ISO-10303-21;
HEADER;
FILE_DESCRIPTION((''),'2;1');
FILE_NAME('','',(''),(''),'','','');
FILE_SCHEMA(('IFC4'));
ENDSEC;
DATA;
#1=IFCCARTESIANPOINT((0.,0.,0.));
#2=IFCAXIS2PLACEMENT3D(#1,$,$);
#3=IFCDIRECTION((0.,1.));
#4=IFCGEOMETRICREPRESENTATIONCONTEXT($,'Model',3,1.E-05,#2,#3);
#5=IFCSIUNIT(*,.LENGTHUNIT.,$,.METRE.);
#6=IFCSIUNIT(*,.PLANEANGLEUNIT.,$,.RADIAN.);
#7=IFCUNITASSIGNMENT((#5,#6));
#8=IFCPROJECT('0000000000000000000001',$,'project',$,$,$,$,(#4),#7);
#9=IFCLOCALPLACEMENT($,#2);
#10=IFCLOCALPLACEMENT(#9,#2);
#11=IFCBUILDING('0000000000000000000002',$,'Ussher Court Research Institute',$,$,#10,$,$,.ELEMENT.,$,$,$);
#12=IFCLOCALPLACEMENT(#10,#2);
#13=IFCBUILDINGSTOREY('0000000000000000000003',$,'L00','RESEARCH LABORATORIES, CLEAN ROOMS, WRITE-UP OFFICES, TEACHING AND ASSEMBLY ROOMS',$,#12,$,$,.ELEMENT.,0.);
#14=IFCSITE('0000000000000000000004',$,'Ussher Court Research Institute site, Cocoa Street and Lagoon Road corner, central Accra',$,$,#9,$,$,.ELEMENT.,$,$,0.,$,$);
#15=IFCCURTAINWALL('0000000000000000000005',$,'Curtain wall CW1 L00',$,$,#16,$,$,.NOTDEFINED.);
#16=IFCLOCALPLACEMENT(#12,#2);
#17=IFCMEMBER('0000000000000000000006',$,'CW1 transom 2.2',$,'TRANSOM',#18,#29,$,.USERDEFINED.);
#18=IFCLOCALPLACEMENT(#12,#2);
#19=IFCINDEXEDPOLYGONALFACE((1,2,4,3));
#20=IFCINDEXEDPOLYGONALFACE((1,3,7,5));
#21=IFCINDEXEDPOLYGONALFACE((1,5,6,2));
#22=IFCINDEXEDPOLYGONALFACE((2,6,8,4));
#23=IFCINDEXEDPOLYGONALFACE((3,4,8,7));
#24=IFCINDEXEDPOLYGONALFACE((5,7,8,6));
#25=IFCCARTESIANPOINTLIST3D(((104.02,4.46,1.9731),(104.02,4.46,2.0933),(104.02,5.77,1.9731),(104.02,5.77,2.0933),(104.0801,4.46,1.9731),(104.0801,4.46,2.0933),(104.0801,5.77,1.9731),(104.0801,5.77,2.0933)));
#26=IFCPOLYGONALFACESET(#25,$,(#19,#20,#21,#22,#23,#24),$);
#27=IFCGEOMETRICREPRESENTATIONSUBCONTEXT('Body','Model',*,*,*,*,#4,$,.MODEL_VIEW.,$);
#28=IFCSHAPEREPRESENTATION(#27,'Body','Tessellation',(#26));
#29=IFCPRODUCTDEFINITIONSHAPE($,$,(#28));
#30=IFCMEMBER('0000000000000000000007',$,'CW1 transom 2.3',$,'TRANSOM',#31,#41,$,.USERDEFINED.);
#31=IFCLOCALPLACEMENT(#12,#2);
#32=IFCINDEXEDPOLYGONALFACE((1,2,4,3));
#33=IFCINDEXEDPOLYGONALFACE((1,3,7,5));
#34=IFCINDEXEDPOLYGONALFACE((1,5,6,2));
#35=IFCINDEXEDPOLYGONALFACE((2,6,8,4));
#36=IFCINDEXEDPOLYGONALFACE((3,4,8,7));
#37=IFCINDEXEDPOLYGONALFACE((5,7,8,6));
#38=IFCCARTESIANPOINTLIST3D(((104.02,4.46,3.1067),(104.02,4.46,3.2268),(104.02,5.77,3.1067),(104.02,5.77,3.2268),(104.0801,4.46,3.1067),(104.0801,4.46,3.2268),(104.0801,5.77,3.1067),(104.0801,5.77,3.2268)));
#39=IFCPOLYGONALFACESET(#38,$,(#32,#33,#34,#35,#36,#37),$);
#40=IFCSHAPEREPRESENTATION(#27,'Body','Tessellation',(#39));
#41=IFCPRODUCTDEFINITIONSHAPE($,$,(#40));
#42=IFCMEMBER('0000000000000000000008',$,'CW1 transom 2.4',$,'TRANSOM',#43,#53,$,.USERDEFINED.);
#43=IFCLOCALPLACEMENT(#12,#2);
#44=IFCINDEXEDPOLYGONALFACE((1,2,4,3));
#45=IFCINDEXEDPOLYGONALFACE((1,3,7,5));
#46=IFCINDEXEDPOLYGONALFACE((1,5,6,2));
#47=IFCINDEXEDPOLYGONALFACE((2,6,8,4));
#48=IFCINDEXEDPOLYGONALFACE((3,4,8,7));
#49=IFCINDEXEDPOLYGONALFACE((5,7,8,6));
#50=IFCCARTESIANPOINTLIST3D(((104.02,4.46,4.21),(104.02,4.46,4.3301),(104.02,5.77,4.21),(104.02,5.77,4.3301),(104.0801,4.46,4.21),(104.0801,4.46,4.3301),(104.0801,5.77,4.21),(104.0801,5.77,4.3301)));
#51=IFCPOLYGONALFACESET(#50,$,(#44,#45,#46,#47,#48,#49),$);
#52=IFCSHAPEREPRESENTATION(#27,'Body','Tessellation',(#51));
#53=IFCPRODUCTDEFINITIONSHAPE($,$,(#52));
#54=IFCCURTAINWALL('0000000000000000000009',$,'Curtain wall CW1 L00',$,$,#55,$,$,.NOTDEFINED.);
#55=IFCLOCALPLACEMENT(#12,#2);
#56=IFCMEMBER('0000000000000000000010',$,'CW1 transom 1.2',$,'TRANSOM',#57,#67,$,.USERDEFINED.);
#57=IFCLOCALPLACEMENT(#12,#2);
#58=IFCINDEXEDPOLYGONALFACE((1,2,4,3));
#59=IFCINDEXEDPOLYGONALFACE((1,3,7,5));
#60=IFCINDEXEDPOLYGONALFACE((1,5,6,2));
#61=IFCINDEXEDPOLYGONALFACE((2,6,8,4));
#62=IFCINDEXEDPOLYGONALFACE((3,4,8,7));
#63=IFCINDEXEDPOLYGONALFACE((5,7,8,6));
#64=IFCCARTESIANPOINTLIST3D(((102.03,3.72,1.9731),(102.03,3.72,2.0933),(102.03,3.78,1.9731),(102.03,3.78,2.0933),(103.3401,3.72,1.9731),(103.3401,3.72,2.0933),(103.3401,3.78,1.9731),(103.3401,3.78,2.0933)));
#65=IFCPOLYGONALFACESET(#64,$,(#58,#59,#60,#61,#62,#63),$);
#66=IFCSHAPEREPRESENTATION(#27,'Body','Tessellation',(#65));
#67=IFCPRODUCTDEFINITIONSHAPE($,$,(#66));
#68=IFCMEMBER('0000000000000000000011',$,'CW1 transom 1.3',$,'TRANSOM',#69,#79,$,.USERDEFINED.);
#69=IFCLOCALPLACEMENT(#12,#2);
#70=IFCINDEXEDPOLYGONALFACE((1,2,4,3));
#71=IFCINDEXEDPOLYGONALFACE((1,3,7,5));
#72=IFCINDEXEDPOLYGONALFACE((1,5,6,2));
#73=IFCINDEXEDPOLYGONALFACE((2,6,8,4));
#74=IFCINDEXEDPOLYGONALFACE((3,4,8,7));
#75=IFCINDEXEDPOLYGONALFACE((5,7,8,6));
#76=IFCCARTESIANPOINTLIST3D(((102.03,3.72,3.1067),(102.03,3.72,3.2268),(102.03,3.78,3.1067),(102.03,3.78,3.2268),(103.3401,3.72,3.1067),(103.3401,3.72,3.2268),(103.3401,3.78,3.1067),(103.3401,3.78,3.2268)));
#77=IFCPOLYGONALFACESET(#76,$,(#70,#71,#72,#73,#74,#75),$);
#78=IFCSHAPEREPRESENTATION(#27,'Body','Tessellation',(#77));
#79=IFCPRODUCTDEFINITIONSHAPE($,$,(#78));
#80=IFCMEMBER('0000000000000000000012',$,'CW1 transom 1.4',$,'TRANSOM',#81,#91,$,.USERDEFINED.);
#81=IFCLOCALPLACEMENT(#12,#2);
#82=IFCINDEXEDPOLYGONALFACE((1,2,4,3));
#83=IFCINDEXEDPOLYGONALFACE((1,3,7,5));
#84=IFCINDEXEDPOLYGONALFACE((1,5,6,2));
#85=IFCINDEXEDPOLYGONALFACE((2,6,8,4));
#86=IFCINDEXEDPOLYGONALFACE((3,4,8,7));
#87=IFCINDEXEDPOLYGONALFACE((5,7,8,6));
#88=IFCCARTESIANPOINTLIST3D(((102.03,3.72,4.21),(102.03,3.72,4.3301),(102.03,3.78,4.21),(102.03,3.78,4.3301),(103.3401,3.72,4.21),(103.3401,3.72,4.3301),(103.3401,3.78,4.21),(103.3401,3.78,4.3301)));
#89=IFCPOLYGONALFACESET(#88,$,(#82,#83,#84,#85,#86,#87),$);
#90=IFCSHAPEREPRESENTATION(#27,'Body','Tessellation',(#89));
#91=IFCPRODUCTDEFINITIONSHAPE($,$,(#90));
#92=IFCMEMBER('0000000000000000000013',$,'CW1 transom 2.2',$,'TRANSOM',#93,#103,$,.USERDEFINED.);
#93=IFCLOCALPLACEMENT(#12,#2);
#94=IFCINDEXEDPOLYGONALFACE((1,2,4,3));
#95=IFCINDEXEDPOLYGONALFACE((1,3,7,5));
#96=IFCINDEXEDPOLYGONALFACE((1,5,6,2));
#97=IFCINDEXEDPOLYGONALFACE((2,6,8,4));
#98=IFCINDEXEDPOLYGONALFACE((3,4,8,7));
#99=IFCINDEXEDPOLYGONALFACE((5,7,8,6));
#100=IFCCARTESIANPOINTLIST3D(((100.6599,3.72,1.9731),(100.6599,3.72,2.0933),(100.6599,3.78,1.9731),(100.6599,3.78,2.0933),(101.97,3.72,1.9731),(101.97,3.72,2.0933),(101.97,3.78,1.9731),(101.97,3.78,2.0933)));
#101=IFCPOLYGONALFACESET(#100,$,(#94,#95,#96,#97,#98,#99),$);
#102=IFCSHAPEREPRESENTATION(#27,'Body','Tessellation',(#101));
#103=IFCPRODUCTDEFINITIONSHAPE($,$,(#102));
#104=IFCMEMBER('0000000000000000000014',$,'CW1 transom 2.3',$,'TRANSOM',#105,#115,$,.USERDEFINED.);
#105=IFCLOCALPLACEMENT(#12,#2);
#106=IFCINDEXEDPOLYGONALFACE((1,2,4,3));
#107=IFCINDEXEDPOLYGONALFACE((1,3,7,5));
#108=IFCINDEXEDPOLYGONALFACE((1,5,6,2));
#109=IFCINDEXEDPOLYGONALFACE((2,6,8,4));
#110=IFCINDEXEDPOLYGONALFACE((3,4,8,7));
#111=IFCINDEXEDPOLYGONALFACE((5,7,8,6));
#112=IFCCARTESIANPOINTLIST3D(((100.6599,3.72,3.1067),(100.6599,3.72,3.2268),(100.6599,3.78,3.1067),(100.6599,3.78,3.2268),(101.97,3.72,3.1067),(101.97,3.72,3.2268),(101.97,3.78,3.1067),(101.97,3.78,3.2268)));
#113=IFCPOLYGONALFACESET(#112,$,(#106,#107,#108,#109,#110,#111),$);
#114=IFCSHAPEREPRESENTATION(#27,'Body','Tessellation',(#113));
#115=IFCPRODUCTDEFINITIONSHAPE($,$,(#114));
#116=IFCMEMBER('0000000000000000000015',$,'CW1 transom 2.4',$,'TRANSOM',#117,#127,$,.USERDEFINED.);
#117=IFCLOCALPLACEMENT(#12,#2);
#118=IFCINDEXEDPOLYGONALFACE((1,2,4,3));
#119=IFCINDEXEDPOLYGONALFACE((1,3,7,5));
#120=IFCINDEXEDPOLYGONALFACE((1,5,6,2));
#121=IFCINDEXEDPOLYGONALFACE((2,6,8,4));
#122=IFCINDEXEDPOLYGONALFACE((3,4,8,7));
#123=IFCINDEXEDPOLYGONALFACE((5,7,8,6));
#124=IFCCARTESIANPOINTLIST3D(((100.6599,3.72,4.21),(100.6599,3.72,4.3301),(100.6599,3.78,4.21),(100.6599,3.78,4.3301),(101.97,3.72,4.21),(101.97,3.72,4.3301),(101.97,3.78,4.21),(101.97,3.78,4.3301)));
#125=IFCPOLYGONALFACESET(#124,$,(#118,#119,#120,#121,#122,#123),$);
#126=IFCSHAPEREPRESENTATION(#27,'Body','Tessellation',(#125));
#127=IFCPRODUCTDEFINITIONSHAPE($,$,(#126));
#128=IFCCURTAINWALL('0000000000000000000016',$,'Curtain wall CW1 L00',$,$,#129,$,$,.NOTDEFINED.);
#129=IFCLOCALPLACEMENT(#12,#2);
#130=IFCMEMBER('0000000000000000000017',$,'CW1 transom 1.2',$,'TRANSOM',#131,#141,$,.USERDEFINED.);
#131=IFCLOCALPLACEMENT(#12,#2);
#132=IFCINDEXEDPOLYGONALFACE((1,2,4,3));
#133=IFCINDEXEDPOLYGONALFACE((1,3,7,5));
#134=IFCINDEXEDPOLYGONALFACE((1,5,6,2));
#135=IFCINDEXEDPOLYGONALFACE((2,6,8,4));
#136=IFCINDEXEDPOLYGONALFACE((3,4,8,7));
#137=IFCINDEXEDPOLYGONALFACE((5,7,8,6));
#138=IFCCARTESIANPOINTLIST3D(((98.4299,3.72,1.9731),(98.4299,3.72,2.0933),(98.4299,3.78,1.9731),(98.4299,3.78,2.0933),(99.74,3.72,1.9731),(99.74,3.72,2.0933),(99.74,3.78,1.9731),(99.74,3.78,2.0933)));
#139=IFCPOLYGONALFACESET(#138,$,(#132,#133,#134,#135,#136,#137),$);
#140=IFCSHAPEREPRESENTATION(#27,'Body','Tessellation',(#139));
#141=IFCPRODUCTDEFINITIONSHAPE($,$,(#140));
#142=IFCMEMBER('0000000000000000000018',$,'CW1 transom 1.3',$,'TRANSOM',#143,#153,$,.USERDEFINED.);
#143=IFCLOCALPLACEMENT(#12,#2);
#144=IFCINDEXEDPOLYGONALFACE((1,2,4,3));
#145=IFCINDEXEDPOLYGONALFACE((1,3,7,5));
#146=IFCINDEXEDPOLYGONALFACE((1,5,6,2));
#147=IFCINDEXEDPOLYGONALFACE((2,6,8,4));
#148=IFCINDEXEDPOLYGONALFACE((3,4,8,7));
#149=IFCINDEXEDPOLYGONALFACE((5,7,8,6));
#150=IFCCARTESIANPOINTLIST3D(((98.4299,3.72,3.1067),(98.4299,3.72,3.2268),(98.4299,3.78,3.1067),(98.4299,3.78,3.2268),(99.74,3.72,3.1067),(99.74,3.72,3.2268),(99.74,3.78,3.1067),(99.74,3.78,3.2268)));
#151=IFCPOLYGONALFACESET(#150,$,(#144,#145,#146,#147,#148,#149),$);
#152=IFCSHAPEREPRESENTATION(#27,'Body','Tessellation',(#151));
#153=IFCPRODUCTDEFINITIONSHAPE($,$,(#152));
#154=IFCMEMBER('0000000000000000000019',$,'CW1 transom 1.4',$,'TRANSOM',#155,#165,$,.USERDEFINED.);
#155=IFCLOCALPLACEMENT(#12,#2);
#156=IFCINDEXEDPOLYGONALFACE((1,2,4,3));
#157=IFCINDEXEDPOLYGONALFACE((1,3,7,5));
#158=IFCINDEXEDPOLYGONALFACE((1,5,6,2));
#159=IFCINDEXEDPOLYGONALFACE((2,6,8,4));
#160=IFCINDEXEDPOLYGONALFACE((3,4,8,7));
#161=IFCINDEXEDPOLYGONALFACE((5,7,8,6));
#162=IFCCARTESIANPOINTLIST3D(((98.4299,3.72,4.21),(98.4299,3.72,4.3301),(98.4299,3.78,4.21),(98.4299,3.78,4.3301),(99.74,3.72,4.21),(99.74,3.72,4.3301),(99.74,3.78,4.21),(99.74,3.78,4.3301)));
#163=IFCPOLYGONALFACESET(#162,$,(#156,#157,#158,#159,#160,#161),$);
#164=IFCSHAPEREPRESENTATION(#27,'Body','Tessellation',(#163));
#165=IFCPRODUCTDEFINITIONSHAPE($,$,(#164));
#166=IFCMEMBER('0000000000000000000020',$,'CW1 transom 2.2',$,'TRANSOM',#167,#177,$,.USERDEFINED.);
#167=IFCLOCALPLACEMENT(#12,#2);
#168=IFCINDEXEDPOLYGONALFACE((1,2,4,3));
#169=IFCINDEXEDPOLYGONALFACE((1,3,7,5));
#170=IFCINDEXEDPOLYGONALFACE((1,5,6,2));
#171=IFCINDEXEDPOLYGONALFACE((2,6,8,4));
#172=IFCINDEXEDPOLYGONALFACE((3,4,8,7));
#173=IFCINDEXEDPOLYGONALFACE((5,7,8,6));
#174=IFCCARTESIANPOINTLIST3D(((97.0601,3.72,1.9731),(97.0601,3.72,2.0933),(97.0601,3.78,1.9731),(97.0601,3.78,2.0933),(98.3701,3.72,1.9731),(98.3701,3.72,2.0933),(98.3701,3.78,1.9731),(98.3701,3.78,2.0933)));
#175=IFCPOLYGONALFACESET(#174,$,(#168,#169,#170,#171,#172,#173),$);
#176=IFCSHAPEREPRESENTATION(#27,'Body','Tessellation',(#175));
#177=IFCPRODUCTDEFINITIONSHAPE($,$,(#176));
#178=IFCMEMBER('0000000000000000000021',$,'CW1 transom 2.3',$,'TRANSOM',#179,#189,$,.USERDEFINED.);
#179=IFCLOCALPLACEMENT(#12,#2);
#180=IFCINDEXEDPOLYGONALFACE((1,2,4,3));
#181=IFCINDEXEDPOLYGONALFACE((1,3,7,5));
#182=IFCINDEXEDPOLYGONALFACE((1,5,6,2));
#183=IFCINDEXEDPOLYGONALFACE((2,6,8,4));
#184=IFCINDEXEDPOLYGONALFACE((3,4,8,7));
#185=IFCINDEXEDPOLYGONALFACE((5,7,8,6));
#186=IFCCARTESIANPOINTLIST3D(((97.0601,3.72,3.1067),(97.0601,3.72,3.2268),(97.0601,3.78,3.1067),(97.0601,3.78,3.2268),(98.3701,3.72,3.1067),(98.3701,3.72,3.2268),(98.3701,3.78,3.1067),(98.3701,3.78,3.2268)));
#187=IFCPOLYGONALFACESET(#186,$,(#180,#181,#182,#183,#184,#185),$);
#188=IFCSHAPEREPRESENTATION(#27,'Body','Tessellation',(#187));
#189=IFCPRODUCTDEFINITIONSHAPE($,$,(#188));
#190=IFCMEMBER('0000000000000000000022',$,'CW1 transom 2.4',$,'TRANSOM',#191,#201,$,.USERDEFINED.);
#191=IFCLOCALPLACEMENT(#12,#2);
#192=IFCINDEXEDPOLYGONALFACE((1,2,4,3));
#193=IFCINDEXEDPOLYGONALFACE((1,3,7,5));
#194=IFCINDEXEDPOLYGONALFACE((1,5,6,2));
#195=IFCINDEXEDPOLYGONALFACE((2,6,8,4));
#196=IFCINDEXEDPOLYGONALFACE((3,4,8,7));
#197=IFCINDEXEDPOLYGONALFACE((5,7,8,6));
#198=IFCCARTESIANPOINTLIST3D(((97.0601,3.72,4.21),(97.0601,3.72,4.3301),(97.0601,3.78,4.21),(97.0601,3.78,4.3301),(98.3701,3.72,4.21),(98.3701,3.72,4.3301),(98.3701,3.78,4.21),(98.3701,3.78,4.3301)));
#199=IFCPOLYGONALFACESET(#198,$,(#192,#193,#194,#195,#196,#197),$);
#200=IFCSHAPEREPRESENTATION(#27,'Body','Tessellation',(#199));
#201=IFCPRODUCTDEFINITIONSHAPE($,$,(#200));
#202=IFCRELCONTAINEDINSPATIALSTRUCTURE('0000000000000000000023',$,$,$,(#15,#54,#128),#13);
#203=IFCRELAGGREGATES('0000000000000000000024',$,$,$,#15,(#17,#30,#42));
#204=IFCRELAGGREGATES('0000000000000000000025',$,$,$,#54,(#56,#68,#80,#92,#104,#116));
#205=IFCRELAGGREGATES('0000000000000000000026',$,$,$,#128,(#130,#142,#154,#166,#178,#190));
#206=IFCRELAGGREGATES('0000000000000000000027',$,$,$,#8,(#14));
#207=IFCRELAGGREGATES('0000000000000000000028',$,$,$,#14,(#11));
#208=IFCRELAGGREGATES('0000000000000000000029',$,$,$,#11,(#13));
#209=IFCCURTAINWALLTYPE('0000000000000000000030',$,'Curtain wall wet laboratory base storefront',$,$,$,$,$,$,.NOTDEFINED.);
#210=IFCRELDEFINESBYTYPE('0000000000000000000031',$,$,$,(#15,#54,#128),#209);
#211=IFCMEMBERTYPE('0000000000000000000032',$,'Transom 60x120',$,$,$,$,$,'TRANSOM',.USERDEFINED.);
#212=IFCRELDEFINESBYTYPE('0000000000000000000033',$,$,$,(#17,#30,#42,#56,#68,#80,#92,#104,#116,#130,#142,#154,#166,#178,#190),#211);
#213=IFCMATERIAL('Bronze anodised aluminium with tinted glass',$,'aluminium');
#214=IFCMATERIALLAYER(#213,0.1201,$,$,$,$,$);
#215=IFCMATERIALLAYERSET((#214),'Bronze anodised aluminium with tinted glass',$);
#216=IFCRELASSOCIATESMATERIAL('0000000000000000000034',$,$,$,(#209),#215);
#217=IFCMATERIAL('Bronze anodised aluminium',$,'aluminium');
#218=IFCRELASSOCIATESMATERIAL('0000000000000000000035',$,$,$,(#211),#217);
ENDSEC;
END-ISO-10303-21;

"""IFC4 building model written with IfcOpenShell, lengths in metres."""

from ifc_helpers import new_model, si_unit, direction, frame, origin, origin_2d, place, context, subcontext, project, spatial, rectangle, extrude, material, layer, layer_set, material_profile, profile_set, type_object, element, aggregate, save


model = new_model("IFC4")

# Units and contexts
model_context = context("Model", 3, precision=1e-05, world=origin(), true_north=direction((0.0, 1.0)))
body_context = subcontext(model_context, "Body", "Model", "MODEL_VIEW")
ifc_project = project(units=[si_unit("LENGTHUNIT", "METRE"), si_unit("PLANEANGLEUNIT", "RADIAN")], contexts=[model_context])

# Site, building, storey
site_placement = place(None, origin())
site = spatial("IfcSite", under=ifc_project, at=site_placement, Name="Ussher Court Research Institute site, Cocoa Street and Lagoon Road corner, central Accra", CompositionType="ELEMENT", RefElevation=0.0)
building_placement = place(site_placement, origin())
building = spatial("IfcBuilding", under=site, at=building_placement, Name="Ussher Court Research Institute", CompositionType="ELEMENT")
storey_placement = place(building_placement, origin())
storey = spatial("IfcBuildingStorey", under=building, at=storey_placement, Name="L00", Description="RESEARCH LABORATORIES, CLEAN ROOMS, WRITE-UP OFFICES, TEACHING AND ASSEMBLY ROOMS", CompositionType="ELEMENT", Elevation=0.0)

# Curtain walls, members
ifc_material_1 = material(Name="Bronze anodised aluminium with tinted glass", Category="aluminium")
ifc_layer_1 = layer(ifc_material_1, 0.1201)
ifc_layer_set_1 = layer_set([ifc_layer_1], Name="Bronze anodised aluminium with tinted glass")
curtain_wall_type = type_object("IfcCurtainWallType", Name="Curtain wall wet laboratory base storefront", PredefinedType="NOTDEFINED", material=ifc_layer_set_1)
curtain_wall_1_placement = place(storey_placement, origin())
curtain_wall_1 = element("IfcCurtainWall", 1, at=curtain_wall_1_placement, inside=storey, type_object=curtain_wall_type, Name="Curtain wall CW1 L00", PredefinedType="NOTDEFINED")
ifc_material_2 = material(Name="Bronze anodised aluminium", Category="aluminium")
ifc_material_profile = material_profile(ifc_material_2, rectangle(XDim=0.0601, YDim=0.1201, at=origin_2d()), Name="Transom 60x120")
ifc_profile_set = profile_set([ifc_material_profile], Name="Bronze anodised aluminium")
member_type = type_object("IfcMemberType", Name="Transom 60x120", ElementType="TRANSOM", PredefinedType="USERDEFINED", material=ifc_profile_set)
member_1_placement = place(storey_placement, frame((104.05, 5.77, 2.0332), z_axis=(0.0, -1.0, 0.0), x_axis=(1.0, 0.0, 0.0)))
member_1 = element("IfcMember", 2, at=member_1_placement, type_object=member_type, Name="CW1 transom 2.2", ObjectType="TRANSOM", PredefinedType="USERDEFINED", context=body_context, shape_type="SweptSolid", body=[
    extrude(rectangle(XDim=0.0601, YDim=0.1201, at=origin_2d()), origin(), (0.0, 0.0, 1.0), 1.3101),
])
member_2_placement = place(storey_placement, frame((104.05, 5.77, 3.1667), z_axis=(0.0, -1.0, 0.0), x_axis=(1.0, 0.0, 0.0)))
member_2 = element("IfcMember", 3, at=member_2_placement, type_object=member_type, Name="CW1 transom 2.3", ObjectType="TRANSOM", PredefinedType="USERDEFINED", context=body_context, shape_type="SweptSolid", body=[
    extrude(rectangle(XDim=0.0601, YDim=0.1201, at=origin_2d()), origin(), (0.0, 0.0, 1.0), 1.3101),
])
member_3_placement = place(storey_placement, frame((104.05, 5.77, 4.27), z_axis=(0.0, -1.0, 0.0), x_axis=(1.0, 0.0, 0.0)))
member_3 = element("IfcMember", 4, at=member_3_placement, type_object=member_type, Name="CW1 transom 2.4", ObjectType="TRANSOM", PredefinedType="USERDEFINED", context=body_context, shape_type="SweptSolid", body=[
    extrude(rectangle(XDim=0.0601, YDim=0.1201, at=origin_2d()), origin(), (0.0, 0.0, 1.0), 1.3101),
])
curtain_wall_2_placement = place(storey_placement, origin())
curtain_wall_2 = element("IfcCurtainWall", 5, at=curtain_wall_2_placement, inside=storey, type_object=curtain_wall_type, Name="Curtain wall CW1 L00", PredefinedType="NOTDEFINED")
member_4_placement = place(storey_placement, frame((103.3401, 3.75, 2.0332), z_axis=(-1.0, 0.0, 0.0), x_axis=(0.0, -1.0, 0.0)))
member_4 = element("IfcMember", 6, at=member_4_placement, type_object=member_type, Name="CW1 transom 1.2", ObjectType="TRANSOM", PredefinedType="USERDEFINED", context=body_context, shape_type="SweptSolid", body=[
    extrude(rectangle(XDim=0.0601, YDim=0.1201, at=origin_2d()), origin(), (0.0, 0.0, 1.0), 1.3101),
])
member_5_placement = place(storey_placement, frame((103.3401, 3.75, 3.1667), z_axis=(-1.0, 0.0, 0.0), x_axis=(0.0, -1.0, 0.0)))
member_5 = element("IfcMember", 7, at=member_5_placement, type_object=member_type, Name="CW1 transom 1.3", ObjectType="TRANSOM", PredefinedType="USERDEFINED", context=body_context, shape_type="SweptSolid", body=[
    extrude(rectangle(XDim=0.0601, YDim=0.1201, at=origin_2d()), origin(), (0.0, 0.0, 1.0), 1.3101),
])
member_6_placement = place(storey_placement, frame((103.3401, 3.75, 4.27), z_axis=(-1.0, 0.0, 0.0), x_axis=(0.0, -1.0, 0.0)))
member_6 = element("IfcMember", 8, at=member_6_placement, type_object=member_type, Name="CW1 transom 1.4", ObjectType="TRANSOM", PredefinedType="USERDEFINED", context=body_context, shape_type="SweptSolid", body=[
    extrude(rectangle(XDim=0.0601, YDim=0.1201, at=origin_2d()), origin(), (0.0, 0.0, 1.0), 1.3101),
])
member_7_placement = place(storey_placement, frame((101.97, 3.75, 2.0332), z_axis=(-1.0, 0.0, 0.0), x_axis=(0.0, -1.0, 0.0)))
member_7 = element("IfcMember", 9, at=member_7_placement, type_object=member_type, Name="CW1 transom 2.2", ObjectType="TRANSOM", PredefinedType="USERDEFINED", context=body_context, shape_type="SweptSolid", body=[
    extrude(rectangle(XDim=0.0601, YDim=0.1201, at=origin_2d()), origin(), (0.0, 0.0, 1.0), 1.3101),
])
member_8_placement = place(storey_placement, frame((101.97, 3.75, 3.1667), z_axis=(-1.0, 0.0, 0.0), x_axis=(0.0, -1.0, 0.0)))
member_8 = element("IfcMember", 10, at=member_8_placement, type_object=member_type, Name="CW1 transom 2.3", ObjectType="TRANSOM", PredefinedType="USERDEFINED", context=body_context, shape_type="SweptSolid", body=[
    extrude(rectangle(XDim=0.0601, YDim=0.1201, at=origin_2d()), origin(), (0.0, 0.0, 1.0), 1.3101),
])
member_9_placement = place(storey_placement, frame((101.97, 3.75, 4.27), z_axis=(-1.0, 0.0, 0.0), x_axis=(0.0, -1.0, 0.0)))
member_9 = element("IfcMember", 11, at=member_9_placement, type_object=member_type, Name="CW1 transom 2.4", ObjectType="TRANSOM", PredefinedType="USERDEFINED", context=body_context, shape_type="SweptSolid", body=[
    extrude(rectangle(XDim=0.0601, YDim=0.1201, at=origin_2d()), origin(), (0.0, 0.0, 1.0), 1.3101),
])
curtain_wall_3_placement = place(storey_placement, origin())
curtain_wall_3 = element("IfcCurtainWall", 12, at=curtain_wall_3_placement, inside=storey, type_object=curtain_wall_type, Name="Curtain wall CW1 L00", PredefinedType="NOTDEFINED")
member_10_placement = place(storey_placement, frame((99.74, 3.75, 2.0332), z_axis=(-1.0, 0.0, 0.0), x_axis=(0.0, -1.0, 0.0)))
member_10 = element("IfcMember", 13, at=member_10_placement, type_object=member_type, Name="CW1 transom 1.2", ObjectType="TRANSOM", PredefinedType="USERDEFINED", context=body_context, shape_type="SweptSolid", body=[
    extrude(rectangle(XDim=0.0601, YDim=0.1201, at=origin_2d()), origin(), (0.0, 0.0, 1.0), 1.3101),
])
member_11_placement = place(storey_placement, frame((99.74, 3.75, 3.1667), z_axis=(-1.0, 0.0, 0.0), x_axis=(0.0, -1.0, 0.0)))
member_11 = element("IfcMember", 14, at=member_11_placement, type_object=member_type, Name="CW1 transom 1.3", ObjectType="TRANSOM", PredefinedType="USERDEFINED", context=body_context, shape_type="SweptSolid", body=[
    extrude(rectangle(XDim=0.0601, YDim=0.1201, at=origin_2d()), origin(), (0.0, 0.0, 1.0), 1.3101),
])
member_12_placement = place(storey_placement, frame((99.74, 3.75, 4.27), z_axis=(-1.0, 0.0, 0.0), x_axis=(0.0, -1.0, 0.0)))
member_12 = element("IfcMember", 15, at=member_12_placement, type_object=member_type, Name="CW1 transom 1.4", ObjectType="TRANSOM", PredefinedType="USERDEFINED", context=body_context, shape_type="SweptSolid", body=[
    extrude(rectangle(XDim=0.0601, YDim=0.1201, at=origin_2d()), origin(), (0.0, 0.0, 1.0), 1.3101),
])
member_13_placement = place(storey_placement, frame((98.3701, 3.75, 2.0332), z_axis=(-1.0, 0.0, 0.0), x_axis=(0.0, -1.0, 0.0)))
member_13 = element("IfcMember", 16, at=member_13_placement, type_object=member_type, Name="CW1 transom 2.2", ObjectType="TRANSOM", PredefinedType="USERDEFINED", context=body_context, shape_type="SweptSolid", body=[
    extrude(rectangle(XDim=0.0601, YDim=0.1201, at=origin_2d()), origin(), (0.0, 0.0, 1.0), 1.3101),
])
member_14_placement = place(storey_placement, frame((98.3701, 3.75, 3.1667), z_axis=(-1.0, 0.0, 0.0), x_axis=(0.0, -1.0, 0.0)))
member_14 = element("IfcMember", 17, at=member_14_placement, type_object=member_type, Name="CW1 transom 2.3", ObjectType="TRANSOM", PredefinedType="USERDEFINED", context=body_context, shape_type="SweptSolid", body=[
    extrude(rectangle(XDim=0.0601, YDim=0.1201, at=origin_2d()), origin(), (0.0, 0.0, 1.0), 1.3101),
])
member_15_placement = place(storey_placement, frame((98.3701, 3.75, 4.27), z_axis=(-1.0, 0.0, 0.0), x_axis=(0.0, -1.0, 0.0)))
member_15 = element("IfcMember", 18, at=member_15_placement, type_object=member_type, Name="CW1 transom 2.4", ObjectType="TRANSOM", PredefinedType="USERDEFINED", context=body_context, shape_type="SweptSolid", body=[
    extrude(rectangle(XDim=0.0601, YDim=0.1201, at=origin_2d()), origin(), (0.0, 0.0, 1.0), 1.3101),
])

aggregate(curtain_wall_1, [member_1, member_2, member_3])
aggregate(curtain_wall_2, [member_4, member_5, member_6, member_7, member_8, member_9])
aggregate(curtain_wall_3, [member_10, member_11, member_12, member_13, member_14, member_15])

save(model, "model.ifc")
